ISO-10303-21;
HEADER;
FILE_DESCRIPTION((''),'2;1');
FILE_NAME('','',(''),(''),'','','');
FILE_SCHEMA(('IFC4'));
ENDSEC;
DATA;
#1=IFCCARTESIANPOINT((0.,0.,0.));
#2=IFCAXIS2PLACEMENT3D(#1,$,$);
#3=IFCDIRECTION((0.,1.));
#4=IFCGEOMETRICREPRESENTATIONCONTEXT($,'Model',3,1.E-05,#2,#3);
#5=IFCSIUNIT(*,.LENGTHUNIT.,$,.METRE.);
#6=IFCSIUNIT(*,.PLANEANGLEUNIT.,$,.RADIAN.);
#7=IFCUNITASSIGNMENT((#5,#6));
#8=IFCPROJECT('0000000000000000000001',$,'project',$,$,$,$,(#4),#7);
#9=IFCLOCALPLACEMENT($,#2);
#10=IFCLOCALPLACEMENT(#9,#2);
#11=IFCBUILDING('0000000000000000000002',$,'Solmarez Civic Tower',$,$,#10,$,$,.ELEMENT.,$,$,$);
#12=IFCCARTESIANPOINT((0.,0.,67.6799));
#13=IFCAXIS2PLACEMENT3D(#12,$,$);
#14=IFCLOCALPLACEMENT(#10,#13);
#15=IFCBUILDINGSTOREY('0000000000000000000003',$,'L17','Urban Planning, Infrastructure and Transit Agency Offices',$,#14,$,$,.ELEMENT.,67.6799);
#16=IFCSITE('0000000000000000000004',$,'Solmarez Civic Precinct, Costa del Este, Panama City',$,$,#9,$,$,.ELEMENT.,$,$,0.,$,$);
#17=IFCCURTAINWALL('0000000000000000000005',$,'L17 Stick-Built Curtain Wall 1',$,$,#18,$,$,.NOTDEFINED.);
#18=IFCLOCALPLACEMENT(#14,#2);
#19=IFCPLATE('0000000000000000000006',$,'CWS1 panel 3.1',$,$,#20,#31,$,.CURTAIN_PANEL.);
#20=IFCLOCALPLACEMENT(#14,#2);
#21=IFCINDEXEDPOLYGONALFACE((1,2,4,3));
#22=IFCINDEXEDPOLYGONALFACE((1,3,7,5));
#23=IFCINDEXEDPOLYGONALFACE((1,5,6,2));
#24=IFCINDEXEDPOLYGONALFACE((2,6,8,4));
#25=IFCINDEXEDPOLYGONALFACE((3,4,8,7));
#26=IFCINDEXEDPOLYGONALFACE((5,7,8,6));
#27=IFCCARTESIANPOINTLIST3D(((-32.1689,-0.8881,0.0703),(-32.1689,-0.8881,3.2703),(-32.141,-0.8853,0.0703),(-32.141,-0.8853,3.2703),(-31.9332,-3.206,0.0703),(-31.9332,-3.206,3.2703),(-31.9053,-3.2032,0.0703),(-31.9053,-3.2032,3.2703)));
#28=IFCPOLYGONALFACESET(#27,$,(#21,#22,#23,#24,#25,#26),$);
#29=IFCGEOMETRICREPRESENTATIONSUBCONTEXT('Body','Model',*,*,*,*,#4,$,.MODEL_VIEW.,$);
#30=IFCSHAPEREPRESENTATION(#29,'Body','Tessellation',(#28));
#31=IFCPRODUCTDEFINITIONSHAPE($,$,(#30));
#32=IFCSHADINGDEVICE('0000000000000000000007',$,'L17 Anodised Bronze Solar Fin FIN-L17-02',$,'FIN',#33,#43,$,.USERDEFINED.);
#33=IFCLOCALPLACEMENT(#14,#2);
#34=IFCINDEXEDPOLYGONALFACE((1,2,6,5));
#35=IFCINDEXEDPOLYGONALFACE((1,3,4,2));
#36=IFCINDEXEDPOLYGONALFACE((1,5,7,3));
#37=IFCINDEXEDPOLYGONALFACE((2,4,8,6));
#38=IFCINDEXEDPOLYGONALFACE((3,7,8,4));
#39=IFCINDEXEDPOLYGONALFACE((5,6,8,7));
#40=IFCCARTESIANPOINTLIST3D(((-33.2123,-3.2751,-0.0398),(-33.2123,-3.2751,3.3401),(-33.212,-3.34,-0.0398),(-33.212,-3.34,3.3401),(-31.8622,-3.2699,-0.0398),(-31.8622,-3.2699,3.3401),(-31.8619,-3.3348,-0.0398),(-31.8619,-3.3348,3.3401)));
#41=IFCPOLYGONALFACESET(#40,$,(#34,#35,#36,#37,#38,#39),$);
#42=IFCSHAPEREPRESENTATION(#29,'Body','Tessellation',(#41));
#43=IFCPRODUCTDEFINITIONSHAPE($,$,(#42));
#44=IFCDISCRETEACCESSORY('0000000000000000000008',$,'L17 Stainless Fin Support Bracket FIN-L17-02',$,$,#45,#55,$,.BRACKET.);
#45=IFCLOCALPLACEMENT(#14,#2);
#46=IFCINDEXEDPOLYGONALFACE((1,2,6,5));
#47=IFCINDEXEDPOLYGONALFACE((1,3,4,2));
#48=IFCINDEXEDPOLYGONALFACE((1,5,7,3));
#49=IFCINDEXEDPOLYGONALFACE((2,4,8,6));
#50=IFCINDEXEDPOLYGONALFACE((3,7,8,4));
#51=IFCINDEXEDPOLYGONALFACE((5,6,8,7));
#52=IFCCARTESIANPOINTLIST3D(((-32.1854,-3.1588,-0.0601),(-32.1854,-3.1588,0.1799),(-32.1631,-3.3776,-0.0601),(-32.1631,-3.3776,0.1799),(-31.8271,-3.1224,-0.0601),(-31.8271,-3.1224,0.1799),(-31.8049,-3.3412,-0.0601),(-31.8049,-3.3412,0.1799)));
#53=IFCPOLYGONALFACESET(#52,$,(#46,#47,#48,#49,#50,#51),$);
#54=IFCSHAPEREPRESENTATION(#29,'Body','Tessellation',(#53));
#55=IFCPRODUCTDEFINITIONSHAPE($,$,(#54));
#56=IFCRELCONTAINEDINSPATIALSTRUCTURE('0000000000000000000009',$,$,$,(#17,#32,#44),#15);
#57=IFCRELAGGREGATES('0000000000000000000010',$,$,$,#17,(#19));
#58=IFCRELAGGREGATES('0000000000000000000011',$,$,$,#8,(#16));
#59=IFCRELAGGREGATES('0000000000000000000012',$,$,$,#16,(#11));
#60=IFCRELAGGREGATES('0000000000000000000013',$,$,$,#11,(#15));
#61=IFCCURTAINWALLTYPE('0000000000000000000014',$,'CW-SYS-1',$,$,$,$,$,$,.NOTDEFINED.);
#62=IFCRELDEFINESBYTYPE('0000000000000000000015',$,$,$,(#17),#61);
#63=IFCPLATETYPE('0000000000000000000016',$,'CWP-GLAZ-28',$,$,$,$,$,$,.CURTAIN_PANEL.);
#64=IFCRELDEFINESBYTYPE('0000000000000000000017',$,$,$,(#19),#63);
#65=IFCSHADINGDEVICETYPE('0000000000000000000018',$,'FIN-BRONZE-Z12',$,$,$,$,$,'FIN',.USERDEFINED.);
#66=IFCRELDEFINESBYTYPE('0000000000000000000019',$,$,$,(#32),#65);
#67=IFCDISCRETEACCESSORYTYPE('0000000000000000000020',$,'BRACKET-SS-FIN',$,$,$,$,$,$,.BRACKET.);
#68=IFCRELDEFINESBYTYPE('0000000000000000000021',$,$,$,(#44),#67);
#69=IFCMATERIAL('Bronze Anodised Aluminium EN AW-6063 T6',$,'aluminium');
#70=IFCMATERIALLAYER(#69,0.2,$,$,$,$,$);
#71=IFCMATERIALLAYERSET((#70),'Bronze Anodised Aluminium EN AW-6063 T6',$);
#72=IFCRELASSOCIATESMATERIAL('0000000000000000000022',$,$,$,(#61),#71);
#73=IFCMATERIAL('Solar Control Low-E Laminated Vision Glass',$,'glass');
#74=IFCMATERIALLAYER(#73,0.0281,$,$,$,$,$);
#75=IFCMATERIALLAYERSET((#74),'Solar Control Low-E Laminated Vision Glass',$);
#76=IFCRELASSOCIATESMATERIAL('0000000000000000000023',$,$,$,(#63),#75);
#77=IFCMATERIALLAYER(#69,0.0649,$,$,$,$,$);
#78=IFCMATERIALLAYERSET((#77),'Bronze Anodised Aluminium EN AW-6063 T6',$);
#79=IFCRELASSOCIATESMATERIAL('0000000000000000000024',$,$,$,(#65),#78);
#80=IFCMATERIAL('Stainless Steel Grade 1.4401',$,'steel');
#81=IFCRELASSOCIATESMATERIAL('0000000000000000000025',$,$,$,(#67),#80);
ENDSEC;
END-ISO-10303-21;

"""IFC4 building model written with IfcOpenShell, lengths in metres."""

from ifc_helpers import new_model, si_unit, direction, frame, origin, origin_2d, place, context, subcontext, project, spatial, rectangle, extrude, material, layer, layer_set, type_object, element, aggregate, save


model = new_model("IFC4")

# Units and contexts
model_context = context("Model", 3, precision=1e-05, world=origin(), true_north=direction((0.0, 1.0)))
body_context = subcontext(model_context, "Body", "Model", "MODEL_VIEW")
ifc_project = project(units=[si_unit("LENGTHUNIT", "METRE"), si_unit("PLANEANGLEUNIT", "RADIAN")], contexts=[model_context])

# Site, building, storey
site_placement = place(None, origin())
site = spatial("IfcSite", under=ifc_project, at=site_placement, Name="Solmarez Civic Precinct, Costa del Este, Panama City", CompositionType="ELEMENT", RefElevation=0.0)
building_placement = place(site_placement, origin())
building = spatial("IfcBuilding", under=site, at=building_placement, Name="Solmarez Civic Tower", CompositionType="ELEMENT")
storey_placement = place(building_placement, frame((0.0, 0.0, 67.6799)))
storey = spatial("IfcBuildingStorey", under=building, at=storey_placement, Name="L17", Description="Urban Planning, Infrastructure and Transit Agency Offices", CompositionType="ELEMENT", Elevation=67.6799)

# Curtain wall, plate
ifc_material_1 = material(Name="Bronze Anodised Aluminium EN AW-6063 T6", Category="aluminium")
ifc_layer_1 = layer(ifc_material_1, 0.2)
ifc_layer_set_1 = layer_set([ifc_layer_1], Name="Bronze Anodised Aluminium EN AW-6063 T6")
curtain_wall_type = type_object("IfcCurtainWallType", Name="CW-SYS-1", PredefinedType="NOTDEFINED", material=ifc_layer_set_1)
curtain_wall_placement = place(storey_placement, origin())
curtain_wall = element("IfcCurtainWall", 1, at=curtain_wall_placement, inside=storey, type_object=curtain_wall_type, Name="L17 Stick-Built Curtain Wall 1", PredefinedType="NOTDEFINED")
ifc_material_2 = material(Name="Solar Control Low-E Laminated Vision Glass", Category="glass")
ifc_layer_2 = layer(ifc_material_2, 0.0281)
ifc_layer_set_2 = layer_set([ifc_layer_2], Name="Solar Control Low-E Laminated Vision Glass")
plate_type = type_object("IfcPlateType", Name="CWP-GLAZ-28", PredefinedType="CURTAIN_PANEL", material=ifc_layer_set_2)
plate_1_placement = place(storey_placement, frame((-32.0371, -2.0457, 0.0703), z_axis=(0.0, 0.0, 1.0), x_axis=(-0.10115, 0.994871, 0.0)))
plate_1 = element("IfcPlate", 2, at=plate_1_placement, type_object=plate_type, Name="CWS1 panel 3.1", PredefinedType="CURTAIN_PANEL", context=body_context, shape_type="SweptSolid", body=[
    extrude(rectangle(XDim=2.3298, YDim=0.0281, at=origin_2d()), origin(), (0.0, 0.0, 1.0), 3.2),
])
aggregate(curtain_wall, [plate_1])

# Shading device
ifc_layer_3 = layer(ifc_material_1, 0.0649)
ifc_layer_set_3 = layer_set([ifc_layer_3], Name="Bronze Anodised Aluminium EN AW-6063 T6")
shading_device_type = type_object("IfcShadingDeviceType", Name="FIN-BRONZE-Z12", ElementType="FIN", PredefinedType="USERDEFINED", material=ifc_layer_set_3)
shading_device_placement = place(storey_placement, frame((-32.5371, -3.3049, -0.0398), z_axis=(0.0, 0.0, 1.0), x_axis=(-0.999993, -0.003857, 0.0)))
element("IfcShadingDevice", 3, at=shading_device_placement, inside=storey, type_object=shading_device_type, Name="L17 Anodised Bronze Solar Fin FIN-L17-02", ObjectType="FIN", PredefinedType="USERDEFINED", context=body_context, shape_type="SweptSolid", body=[
    extrude(rectangle(XDim=1.3501, YDim=0.0649, at=origin_2d()), origin(), (0.0, 0.0, 1.0), 3.3799),
])

# Discrete accessory
ifc_material_3 = material(Name="Stainless Steel Grade 1.4401", Category="steel")
discrete_accessory_type = type_object("IfcDiscreteAccessoryType", Name="BRACKET-SS-FIN", PredefinedType="BRACKET", material=ifc_material_3)
discrete_accessory_placement = place(storey_placement, frame((-31.9951, -3.25, -0.0601), z_axis=(0.0, 0.0, 1.0), x_axis=(-0.994881, -0.101056, 0.0)))
element("IfcDiscreteAccessory", 4, at=discrete_accessory_placement, inside=storey, type_object=discrete_accessory_type, Name="L17 Stainless Fin Support Bracket FIN-L17-02", PredefinedType="BRACKET", context=body_context, shape_type="SweptSolid", body=[
    extrude(rectangle(XDim=0.3601, YDim=0.22, at=origin_2d()), origin(), (0.0, 0.0, 1.0), 0.24),
])

save(model, "model.ifc")
